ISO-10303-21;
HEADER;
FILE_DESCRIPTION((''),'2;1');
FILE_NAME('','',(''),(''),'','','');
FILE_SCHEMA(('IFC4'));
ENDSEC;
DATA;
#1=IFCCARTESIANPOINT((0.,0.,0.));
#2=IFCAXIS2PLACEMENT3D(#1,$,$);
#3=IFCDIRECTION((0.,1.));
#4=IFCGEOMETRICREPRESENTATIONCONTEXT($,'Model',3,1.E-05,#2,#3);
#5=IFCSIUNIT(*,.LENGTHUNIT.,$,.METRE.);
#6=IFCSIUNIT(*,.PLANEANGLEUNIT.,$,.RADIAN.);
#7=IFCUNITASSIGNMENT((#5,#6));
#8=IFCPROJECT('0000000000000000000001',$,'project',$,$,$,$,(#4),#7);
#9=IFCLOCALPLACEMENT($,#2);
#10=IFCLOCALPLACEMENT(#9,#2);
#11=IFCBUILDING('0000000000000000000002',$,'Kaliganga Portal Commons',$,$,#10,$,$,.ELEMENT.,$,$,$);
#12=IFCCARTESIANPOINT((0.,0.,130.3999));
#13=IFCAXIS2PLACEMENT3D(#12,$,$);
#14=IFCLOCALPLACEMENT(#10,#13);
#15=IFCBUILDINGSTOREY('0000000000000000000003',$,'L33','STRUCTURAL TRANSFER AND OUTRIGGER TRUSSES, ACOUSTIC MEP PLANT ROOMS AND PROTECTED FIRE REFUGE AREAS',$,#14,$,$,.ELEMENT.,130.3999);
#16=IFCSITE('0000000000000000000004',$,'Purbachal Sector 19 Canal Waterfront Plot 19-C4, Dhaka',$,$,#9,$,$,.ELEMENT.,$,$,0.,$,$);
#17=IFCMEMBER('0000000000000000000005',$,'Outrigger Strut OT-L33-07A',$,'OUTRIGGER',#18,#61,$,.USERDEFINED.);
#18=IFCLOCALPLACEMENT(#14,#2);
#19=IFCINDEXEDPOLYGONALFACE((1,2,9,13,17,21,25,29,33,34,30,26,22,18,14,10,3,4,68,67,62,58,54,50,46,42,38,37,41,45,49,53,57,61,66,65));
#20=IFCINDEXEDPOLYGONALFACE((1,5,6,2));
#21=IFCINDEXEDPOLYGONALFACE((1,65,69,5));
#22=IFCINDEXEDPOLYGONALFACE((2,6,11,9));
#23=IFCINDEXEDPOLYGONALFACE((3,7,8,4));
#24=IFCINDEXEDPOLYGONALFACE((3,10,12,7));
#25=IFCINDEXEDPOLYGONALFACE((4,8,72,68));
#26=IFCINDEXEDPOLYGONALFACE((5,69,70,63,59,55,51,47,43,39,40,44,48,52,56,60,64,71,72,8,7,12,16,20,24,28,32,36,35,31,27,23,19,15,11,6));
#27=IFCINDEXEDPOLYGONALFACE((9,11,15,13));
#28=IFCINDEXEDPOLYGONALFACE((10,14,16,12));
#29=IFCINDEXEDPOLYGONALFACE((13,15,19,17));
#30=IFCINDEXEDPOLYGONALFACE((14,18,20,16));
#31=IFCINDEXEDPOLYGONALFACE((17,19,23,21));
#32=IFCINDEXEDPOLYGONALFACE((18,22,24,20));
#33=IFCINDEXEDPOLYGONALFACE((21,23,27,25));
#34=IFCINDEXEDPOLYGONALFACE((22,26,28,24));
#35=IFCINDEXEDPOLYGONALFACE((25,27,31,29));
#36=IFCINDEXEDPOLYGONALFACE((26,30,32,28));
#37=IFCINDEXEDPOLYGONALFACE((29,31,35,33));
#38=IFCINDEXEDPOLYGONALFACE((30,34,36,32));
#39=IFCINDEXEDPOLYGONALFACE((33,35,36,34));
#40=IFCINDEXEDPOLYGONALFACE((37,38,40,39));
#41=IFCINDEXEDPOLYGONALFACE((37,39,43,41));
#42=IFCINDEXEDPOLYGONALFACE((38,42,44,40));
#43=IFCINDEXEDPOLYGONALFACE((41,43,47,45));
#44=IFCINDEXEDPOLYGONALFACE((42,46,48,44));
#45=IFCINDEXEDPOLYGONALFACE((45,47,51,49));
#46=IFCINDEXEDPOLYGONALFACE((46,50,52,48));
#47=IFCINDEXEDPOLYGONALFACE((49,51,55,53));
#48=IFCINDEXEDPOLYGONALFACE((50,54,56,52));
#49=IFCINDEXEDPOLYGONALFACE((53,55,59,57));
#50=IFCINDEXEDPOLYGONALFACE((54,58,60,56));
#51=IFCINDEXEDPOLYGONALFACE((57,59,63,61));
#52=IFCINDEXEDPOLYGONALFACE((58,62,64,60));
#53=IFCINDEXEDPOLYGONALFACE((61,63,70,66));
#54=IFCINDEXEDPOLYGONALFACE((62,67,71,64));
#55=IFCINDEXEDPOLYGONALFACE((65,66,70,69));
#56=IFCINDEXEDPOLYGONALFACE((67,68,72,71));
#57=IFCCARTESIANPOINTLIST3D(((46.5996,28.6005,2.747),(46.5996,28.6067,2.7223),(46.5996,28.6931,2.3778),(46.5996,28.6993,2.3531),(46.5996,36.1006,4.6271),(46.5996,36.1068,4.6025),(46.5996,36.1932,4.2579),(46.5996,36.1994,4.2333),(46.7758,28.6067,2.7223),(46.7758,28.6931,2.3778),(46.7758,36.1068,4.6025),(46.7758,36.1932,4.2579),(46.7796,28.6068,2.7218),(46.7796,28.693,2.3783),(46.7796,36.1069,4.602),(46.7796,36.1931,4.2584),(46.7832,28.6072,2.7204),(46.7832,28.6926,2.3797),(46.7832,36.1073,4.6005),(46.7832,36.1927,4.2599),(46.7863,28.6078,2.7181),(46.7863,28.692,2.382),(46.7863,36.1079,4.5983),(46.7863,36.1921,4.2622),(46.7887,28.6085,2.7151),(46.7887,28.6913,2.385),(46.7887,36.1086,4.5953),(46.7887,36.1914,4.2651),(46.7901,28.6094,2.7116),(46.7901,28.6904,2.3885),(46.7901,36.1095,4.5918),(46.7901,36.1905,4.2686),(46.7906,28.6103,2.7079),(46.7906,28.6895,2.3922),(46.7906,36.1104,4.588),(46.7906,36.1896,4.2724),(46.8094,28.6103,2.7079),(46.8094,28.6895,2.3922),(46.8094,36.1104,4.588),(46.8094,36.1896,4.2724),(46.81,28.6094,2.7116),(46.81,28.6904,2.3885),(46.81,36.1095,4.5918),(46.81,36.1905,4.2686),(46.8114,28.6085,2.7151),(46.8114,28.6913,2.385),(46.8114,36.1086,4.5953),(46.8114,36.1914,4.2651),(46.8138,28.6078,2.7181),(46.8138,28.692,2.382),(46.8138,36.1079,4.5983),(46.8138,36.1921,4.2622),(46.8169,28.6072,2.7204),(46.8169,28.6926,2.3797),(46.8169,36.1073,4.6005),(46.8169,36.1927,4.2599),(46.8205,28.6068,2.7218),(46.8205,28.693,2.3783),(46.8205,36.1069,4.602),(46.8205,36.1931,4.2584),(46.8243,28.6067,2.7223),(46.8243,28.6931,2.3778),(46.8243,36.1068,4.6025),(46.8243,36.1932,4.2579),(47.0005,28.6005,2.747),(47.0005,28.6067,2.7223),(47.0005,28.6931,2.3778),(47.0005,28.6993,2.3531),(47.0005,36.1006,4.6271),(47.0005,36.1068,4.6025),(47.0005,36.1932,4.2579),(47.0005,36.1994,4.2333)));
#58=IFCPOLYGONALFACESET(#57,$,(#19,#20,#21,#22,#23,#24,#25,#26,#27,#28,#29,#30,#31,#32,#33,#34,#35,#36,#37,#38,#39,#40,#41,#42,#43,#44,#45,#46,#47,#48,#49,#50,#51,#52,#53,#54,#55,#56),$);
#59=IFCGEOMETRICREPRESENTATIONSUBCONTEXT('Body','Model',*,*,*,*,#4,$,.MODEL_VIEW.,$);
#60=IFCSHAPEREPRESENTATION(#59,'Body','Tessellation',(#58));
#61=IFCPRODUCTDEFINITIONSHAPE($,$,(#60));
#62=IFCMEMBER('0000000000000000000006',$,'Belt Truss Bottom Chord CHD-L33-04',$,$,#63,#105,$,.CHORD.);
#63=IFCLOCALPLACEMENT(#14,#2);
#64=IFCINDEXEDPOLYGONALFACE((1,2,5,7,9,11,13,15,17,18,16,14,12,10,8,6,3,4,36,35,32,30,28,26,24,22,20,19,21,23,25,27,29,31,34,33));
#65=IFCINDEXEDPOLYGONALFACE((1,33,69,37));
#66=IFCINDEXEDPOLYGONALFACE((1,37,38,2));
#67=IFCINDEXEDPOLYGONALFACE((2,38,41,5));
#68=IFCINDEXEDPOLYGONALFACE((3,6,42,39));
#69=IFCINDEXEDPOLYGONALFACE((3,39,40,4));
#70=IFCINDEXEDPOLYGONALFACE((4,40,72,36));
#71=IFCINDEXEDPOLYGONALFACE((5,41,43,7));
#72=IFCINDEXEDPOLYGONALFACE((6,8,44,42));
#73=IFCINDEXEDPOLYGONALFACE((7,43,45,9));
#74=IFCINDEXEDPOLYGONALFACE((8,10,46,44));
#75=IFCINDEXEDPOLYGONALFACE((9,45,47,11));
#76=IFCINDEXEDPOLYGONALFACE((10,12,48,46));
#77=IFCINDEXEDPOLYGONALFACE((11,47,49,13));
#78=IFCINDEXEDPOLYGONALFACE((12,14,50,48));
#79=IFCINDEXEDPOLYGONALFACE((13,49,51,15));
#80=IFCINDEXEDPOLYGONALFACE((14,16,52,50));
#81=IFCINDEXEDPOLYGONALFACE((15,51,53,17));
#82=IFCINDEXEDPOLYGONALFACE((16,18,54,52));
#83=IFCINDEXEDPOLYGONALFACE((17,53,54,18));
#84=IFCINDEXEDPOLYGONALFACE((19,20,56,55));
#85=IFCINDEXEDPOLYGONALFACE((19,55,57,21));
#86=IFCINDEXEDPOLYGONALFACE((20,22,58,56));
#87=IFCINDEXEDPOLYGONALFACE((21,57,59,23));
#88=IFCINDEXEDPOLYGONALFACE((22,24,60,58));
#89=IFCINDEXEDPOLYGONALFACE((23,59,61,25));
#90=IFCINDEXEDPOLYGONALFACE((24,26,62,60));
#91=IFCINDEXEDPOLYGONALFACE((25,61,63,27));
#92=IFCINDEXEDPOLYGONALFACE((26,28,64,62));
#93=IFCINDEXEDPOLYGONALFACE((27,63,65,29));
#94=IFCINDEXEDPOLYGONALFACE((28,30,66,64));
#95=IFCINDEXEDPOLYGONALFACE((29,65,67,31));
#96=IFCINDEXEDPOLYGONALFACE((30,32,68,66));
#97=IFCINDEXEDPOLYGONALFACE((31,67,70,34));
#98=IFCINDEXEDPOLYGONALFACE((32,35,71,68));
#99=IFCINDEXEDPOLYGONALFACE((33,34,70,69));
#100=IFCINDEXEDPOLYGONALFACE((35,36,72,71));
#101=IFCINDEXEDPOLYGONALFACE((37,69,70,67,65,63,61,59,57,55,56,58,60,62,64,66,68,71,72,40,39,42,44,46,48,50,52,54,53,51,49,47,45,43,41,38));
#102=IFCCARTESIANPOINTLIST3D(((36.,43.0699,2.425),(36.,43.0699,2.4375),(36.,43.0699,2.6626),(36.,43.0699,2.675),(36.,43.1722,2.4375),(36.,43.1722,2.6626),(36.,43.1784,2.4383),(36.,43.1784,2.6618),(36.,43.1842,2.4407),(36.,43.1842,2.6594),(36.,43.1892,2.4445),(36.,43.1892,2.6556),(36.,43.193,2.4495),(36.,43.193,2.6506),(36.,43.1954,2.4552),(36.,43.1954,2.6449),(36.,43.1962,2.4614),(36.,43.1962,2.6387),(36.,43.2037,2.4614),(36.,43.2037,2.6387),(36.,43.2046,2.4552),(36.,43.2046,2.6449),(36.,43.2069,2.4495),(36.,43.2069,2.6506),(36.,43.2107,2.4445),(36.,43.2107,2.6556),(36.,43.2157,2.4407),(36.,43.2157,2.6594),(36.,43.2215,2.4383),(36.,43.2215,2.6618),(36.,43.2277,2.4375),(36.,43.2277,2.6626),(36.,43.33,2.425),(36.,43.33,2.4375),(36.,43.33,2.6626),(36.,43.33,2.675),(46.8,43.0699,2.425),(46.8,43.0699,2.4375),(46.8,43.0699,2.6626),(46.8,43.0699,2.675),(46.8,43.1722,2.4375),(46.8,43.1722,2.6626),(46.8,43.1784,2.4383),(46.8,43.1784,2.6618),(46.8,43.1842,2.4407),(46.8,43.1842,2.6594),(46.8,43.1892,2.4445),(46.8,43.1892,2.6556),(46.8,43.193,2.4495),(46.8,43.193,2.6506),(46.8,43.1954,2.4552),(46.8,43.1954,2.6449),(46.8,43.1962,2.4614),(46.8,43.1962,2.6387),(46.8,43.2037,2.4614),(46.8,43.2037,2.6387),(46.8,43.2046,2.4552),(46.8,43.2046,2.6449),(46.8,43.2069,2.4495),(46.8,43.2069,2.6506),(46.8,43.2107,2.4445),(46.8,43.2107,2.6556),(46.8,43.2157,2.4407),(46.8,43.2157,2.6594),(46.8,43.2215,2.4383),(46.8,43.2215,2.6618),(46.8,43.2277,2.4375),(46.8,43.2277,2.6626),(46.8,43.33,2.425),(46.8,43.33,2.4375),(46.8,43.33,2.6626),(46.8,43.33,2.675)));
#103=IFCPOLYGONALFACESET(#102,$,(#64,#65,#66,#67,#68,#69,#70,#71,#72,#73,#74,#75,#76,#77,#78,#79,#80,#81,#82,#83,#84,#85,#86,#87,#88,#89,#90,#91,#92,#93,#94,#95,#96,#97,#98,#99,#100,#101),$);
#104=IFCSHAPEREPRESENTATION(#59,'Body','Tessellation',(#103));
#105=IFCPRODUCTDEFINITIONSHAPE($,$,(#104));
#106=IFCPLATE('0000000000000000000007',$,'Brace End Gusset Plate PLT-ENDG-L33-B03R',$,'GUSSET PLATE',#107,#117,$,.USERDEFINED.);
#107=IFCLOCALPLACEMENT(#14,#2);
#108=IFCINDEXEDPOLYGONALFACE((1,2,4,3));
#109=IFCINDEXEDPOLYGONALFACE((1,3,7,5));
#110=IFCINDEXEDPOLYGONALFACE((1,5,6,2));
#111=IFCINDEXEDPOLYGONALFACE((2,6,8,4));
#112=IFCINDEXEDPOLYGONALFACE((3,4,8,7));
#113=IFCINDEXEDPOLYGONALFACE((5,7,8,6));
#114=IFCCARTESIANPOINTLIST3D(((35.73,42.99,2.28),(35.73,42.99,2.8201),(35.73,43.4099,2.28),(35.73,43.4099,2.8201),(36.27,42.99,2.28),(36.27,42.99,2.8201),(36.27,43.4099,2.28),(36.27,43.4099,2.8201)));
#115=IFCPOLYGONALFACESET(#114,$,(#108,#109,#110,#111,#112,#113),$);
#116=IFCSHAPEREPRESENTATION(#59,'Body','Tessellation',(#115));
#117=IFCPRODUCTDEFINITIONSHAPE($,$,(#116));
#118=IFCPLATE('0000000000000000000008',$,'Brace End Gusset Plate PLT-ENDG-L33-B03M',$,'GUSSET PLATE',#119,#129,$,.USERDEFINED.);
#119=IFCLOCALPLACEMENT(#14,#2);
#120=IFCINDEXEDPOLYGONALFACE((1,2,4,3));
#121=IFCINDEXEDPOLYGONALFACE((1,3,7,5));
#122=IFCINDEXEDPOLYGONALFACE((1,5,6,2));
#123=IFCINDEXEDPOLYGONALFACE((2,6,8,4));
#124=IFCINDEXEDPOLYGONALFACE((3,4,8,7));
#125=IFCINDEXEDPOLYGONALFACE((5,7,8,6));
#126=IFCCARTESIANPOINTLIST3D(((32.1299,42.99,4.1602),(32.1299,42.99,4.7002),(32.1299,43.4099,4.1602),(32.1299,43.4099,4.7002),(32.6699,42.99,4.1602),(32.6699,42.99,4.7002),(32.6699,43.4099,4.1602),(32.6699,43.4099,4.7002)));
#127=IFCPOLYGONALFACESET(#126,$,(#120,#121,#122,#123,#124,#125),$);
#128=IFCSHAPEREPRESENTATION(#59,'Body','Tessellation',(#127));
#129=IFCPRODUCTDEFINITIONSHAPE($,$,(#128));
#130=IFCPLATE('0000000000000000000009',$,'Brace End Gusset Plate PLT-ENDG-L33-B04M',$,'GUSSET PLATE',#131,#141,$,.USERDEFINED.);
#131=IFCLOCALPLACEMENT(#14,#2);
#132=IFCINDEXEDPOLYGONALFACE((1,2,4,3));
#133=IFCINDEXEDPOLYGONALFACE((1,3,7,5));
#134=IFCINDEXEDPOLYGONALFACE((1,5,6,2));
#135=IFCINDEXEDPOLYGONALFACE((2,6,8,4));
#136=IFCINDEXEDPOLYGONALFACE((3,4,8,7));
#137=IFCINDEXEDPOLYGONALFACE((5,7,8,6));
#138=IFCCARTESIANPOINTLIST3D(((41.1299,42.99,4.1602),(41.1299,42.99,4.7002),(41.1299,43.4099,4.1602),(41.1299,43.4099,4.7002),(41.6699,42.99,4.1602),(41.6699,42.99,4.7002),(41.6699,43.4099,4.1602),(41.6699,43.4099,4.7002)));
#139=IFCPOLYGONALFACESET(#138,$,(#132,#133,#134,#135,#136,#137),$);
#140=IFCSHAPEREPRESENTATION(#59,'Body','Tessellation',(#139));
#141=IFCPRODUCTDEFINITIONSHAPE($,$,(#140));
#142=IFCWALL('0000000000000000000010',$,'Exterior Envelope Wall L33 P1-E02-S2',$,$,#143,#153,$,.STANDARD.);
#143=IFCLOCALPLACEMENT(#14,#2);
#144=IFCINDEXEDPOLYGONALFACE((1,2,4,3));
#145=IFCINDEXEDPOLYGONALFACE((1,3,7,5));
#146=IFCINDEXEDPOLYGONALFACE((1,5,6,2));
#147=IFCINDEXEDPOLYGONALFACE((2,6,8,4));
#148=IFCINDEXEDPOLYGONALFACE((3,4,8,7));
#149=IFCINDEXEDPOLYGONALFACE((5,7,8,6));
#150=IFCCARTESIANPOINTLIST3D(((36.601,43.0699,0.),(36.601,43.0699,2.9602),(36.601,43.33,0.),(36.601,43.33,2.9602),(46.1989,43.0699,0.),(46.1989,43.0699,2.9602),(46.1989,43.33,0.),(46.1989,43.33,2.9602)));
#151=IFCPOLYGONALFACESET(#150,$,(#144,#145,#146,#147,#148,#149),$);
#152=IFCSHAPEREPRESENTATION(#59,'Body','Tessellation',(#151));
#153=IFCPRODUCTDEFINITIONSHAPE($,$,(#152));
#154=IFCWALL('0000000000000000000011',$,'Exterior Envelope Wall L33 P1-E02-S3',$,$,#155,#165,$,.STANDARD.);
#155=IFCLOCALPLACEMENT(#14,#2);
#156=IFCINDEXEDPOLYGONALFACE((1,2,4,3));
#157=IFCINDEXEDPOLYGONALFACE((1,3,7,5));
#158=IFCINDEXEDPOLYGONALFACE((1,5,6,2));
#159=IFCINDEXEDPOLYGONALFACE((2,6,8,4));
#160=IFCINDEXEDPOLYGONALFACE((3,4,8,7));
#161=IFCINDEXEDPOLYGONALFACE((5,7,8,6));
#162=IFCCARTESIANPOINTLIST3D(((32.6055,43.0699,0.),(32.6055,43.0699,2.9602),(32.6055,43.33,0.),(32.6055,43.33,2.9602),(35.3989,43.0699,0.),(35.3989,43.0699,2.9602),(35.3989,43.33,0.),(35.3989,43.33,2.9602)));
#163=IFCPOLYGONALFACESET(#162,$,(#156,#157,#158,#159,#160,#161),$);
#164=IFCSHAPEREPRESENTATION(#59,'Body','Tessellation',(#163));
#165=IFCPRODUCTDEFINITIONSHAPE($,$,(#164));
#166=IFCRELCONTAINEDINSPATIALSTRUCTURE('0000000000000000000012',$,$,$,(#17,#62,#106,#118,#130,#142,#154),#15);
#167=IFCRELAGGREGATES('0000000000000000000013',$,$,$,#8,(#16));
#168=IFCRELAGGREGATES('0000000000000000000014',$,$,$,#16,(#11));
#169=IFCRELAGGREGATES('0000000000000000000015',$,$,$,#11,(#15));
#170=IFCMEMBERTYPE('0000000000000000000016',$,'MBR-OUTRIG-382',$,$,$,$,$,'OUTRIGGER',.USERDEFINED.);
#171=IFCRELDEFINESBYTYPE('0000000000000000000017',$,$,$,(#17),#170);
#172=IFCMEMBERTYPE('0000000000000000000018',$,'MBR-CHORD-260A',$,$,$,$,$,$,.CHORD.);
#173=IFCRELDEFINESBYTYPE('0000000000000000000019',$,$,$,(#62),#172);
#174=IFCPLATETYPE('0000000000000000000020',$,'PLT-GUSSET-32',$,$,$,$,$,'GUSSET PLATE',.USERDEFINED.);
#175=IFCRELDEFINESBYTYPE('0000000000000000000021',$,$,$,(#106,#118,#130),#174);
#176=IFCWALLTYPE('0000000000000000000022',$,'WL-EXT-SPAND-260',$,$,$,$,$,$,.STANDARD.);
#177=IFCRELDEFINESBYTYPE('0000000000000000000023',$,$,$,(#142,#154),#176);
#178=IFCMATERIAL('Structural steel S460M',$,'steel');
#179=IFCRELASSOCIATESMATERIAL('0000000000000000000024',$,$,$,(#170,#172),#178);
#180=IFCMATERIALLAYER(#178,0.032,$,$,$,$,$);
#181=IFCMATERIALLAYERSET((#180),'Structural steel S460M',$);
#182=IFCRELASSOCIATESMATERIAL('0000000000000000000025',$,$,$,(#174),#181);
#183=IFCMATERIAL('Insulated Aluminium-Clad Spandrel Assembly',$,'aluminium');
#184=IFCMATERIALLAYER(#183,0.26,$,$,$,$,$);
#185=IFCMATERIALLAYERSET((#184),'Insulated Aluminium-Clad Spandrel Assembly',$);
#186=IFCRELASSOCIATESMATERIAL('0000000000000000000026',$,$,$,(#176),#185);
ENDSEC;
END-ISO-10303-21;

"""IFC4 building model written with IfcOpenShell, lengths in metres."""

from ifc_helpers import new_model, si_unit, direction, frame, frame_2d, origin, origin_2d, place, context, subcontext, project, spatial, rectangle, i_section, extrude, source, transform, mapped, material, layer, layer_set, material_profile, profile_set, type_object, element, save


model = new_model("IFC4")

# Units and contexts
model_context = context("Model", 3, precision=1e-05, world=origin(), true_north=direction((0.0, 1.0)))
body_context = subcontext(model_context, "Body", "Model", "MODEL_VIEW")
ifc_project = project(units=[si_unit("LENGTHUNIT", "METRE"), si_unit("PLANEANGLEUNIT", "RADIAN")], contexts=[model_context])

# Site, building, storey
site_placement = place(None, origin())
site = spatial("IfcSite", under=ifc_project, at=site_placement, Name="Purbachal Sector 19 Canal Waterfront Plot 19-C4, Dhaka", CompositionType="ELEMENT", RefElevation=0.0)
building_placement = place(site_placement, origin())
building = spatial("IfcBuilding", under=site, at=building_placement, Name="Kaliganga Portal Commons", CompositionType="ELEMENT")
storey_placement = place(building_placement, frame((0.0, 0.0, 130.3999)))
storey = spatial("IfcBuildingStorey", under=building, at=storey_placement, Name="L33", Description="STRUCTURAL TRANSFER AND OUTRIGGER TRUSSES, ACOUSTIC MEP PLANT ROOMS AND PROTECTED FIRE REFUGE AREAS", CompositionType="ELEMENT", Elevation=130.3999)

# Shared definitions
ifc_material_1 = material(Name="Structural steel S460M", Category="steel")

# Members
ifc_material_profile_1 = material_profile(ifc_material_1, i_section(OverallWidth=0.4009, OverallDepth=0.406, WebThickness=0.0188, FlangeThickness=0.0254, FilletRadius=0.0149, at=origin_2d()), Name="HD 400x314")
ifc_profile_set_1 = profile_set([ifc_material_profile_1], Name="Structural steel S460M wide-flange")
member_type_1 = type_object("IfcMemberType", Name="MBR-OUTRIG-382", ElementType="OUTRIGGER", PredefinedType="USERDEFINED", material=ifc_profile_set_1)
shared_shape_1 = source(origin(), body_context, "Body", "SweptSolid", [
    extrude(i_section(OverallWidth=0.4009, OverallDepth=0.406, WebThickness=0.0188, FlangeThickness=0.0254, FilletRadius=0.0149, at=origin_2d()), origin(), (0.0, 0.0, 1.0), 7.7322),
])
member_1_placement = place(storey_placement, frame((46.8, 28.6499, 2.55), z_axis=(0.0, 0.969986, 0.24316), x_axis=(-1.0, 0.0, 0.0)))
element("IfcMember", 1, at=member_1_placement, inside=storey, type_object=member_type_1, Name="Outrigger Strut OT-L33-07A", ObjectType="OUTRIGGER", PredefinedType="USERDEFINED", context=body_context, shape_type="MappedRepresentation", body=[
    mapped(shared_shape_1, transform((0.0, 0.0, 0.0), x_axis=(1.0, 0.0, 0.0), y_axis=(0.0, 1.0, 0.0), z_axis=(0.0, 0.0, 1.0), scale=1.0)),
])
ifc_material_profile_2 = material_profile(ifc_material_1, i_section(OverallWidth=0.26, OverallDepth=0.25, WebThickness=0.0076, FlangeThickness=0.0125, FilletRadius=0.0239, at=origin_2d()), Name="HE 260 A")
ifc_profile_set_2 = profile_set([ifc_material_profile_2], Name="Structural steel S460M wide-flange")
member_type_2 = type_object("IfcMemberType", Name="MBR-CHORD-260A", PredefinedType="CHORD", material=ifc_profile_set_2)
shared_shape_2 = source(origin(), body_context, "Body", "SweptSolid", [
    extrude(i_section(OverallWidth=0.26, OverallDepth=0.25, WebThickness=0.0076, FlangeThickness=0.0125, FilletRadius=0.0239, at=origin_2d()), origin(), (0.0, 0.0, 1.0), 10.8),
])
member_2_placement = place(storey_placement, frame((36.0, 43.2, 2.55), z_axis=(1.0, 0.0, 0.0), x_axis=(0.0, 1.0, 0.0)))
element("IfcMember", 2, at=member_2_placement, inside=storey, type_object=member_type_2, Name="Belt Truss Bottom Chord CHD-L33-04", PredefinedType="CHORD", context=body_context, shape_type="MappedRepresentation", body=[
    mapped(shared_shape_2, transform((0.0, 0.0, 0.0), x_axis=(1.0, 0.0, 0.0), y_axis=(0.0, 1.0, 0.0), z_axis=(0.0, 0.0, 1.0), scale=1.0)),
])

# Plates
ifc_layer_1 = layer(ifc_material_1, 0.032)
ifc_layer_set_1 = layer_set([ifc_layer_1], Name="Structural steel S460M")
plate_type = type_object("IfcPlateType", Name="PLT-GUSSET-32", ElementType="GUSSET PLATE", PredefinedType="USERDEFINED", material=ifc_layer_set_1)
shared_shape_3 = source(origin(), body_context, "Body", "SweptSolid", [
    extrude(rectangle(XDim=0.54, YDim=0.4199, at=origin_2d()), origin(), (0.0, 0.0, 1.0), 0.54),
])
for number, where, z_axis, x_axis, name in (
    (3, (36.0, 43.2, 2.28), (0.0, 0.0, 1.0), (1.0, 0.0, 0.0), "Brace End Gusset Plate PLT-ENDG-L33-B03R"),
    (4, (32.3999, 43.2, 4.1602), (0.0, 0.0, 1.0), (1.0, 0.0, 0.0), "Brace End Gusset Plate PLT-ENDG-L33-B03M"),
    (5, (41.3999, 43.2, 4.1602), (0.0, 0.0, 1.0), (1.0, 0.0, 0.0), "Brace End Gusset Plate PLT-ENDG-L33-B04M"),
):
    element("IfcPlate", number, at=place(storey_placement, frame(where, z_axis=z_axis, x_axis=x_axis)), inside=storey, type_object=plate_type, Name=name, ObjectType="GUSSET PLATE", PredefinedType="USERDEFINED", context=body_context, shape_type="MappedRepresentation", body=[
        mapped(shared_shape_3, transform((0.0, 0.0, 0.0), x_axis=(1.0, 0.0, 0.0), y_axis=(0.0, 1.0, 0.0), z_axis=(0.0, 0.0, 1.0), scale=1.0)),
    ])

# Walls
ifc_material_2 = material(Name="Insulated Aluminium-Clad Spandrel Assembly", Category="aluminium")
ifc_layer_2 = layer(ifc_material_2, 0.26)
ifc_layer_set_2 = layer_set([ifc_layer_2], Name="Insulated Aluminium-Clad Spandrel Assembly")
wall_type_1 = type_object("IfcWallType", Name="WL-EXT-SPAND-260", PredefinedType="STANDARD", material=ifc_layer_set_2)
wall_1_placement = place(storey_placement, frame((36.6011, 43.2, 0.0), z_axis=(0.0, 0.0, 1.0), x_axis=(1.0, 0.0, 0.0)))
element("IfcWall", 6, at=wall_1_placement, inside=storey, type_object=wall_type_1, Name="Exterior Envelope Wall L33 P1-E02-S2", PredefinedType="STANDARD", context=body_context, shape_type="SweptSolid", body=[
    extrude(rectangle(XDim=9.5979, YDim=0.26, at=frame_2d((4.7988, 0.0))), origin(), (0.0, 0.0, 1.0), 2.9602),
])
wall_2_placement = place(storey_placement, frame((32.6055, 43.2, 0.0), z_axis=(0.0, 0.0, 1.0), x_axis=(1.0, 0.0, 0.0)))
element("IfcWall", 7, at=wall_2_placement, inside=storey, type_object=wall_type_1, Name="Exterior Envelope Wall L33 P1-E02-S3", PredefinedType="STANDARD", context=body_context, shape_type="SweptSolid", body=[
    extrude(rectangle(XDim=2.7935, YDim=0.26, at=frame_2d((1.3967, 0.0))), origin(), (0.0, 0.0, 1.0), 2.9602),
])

save(model, "model.ifc")
